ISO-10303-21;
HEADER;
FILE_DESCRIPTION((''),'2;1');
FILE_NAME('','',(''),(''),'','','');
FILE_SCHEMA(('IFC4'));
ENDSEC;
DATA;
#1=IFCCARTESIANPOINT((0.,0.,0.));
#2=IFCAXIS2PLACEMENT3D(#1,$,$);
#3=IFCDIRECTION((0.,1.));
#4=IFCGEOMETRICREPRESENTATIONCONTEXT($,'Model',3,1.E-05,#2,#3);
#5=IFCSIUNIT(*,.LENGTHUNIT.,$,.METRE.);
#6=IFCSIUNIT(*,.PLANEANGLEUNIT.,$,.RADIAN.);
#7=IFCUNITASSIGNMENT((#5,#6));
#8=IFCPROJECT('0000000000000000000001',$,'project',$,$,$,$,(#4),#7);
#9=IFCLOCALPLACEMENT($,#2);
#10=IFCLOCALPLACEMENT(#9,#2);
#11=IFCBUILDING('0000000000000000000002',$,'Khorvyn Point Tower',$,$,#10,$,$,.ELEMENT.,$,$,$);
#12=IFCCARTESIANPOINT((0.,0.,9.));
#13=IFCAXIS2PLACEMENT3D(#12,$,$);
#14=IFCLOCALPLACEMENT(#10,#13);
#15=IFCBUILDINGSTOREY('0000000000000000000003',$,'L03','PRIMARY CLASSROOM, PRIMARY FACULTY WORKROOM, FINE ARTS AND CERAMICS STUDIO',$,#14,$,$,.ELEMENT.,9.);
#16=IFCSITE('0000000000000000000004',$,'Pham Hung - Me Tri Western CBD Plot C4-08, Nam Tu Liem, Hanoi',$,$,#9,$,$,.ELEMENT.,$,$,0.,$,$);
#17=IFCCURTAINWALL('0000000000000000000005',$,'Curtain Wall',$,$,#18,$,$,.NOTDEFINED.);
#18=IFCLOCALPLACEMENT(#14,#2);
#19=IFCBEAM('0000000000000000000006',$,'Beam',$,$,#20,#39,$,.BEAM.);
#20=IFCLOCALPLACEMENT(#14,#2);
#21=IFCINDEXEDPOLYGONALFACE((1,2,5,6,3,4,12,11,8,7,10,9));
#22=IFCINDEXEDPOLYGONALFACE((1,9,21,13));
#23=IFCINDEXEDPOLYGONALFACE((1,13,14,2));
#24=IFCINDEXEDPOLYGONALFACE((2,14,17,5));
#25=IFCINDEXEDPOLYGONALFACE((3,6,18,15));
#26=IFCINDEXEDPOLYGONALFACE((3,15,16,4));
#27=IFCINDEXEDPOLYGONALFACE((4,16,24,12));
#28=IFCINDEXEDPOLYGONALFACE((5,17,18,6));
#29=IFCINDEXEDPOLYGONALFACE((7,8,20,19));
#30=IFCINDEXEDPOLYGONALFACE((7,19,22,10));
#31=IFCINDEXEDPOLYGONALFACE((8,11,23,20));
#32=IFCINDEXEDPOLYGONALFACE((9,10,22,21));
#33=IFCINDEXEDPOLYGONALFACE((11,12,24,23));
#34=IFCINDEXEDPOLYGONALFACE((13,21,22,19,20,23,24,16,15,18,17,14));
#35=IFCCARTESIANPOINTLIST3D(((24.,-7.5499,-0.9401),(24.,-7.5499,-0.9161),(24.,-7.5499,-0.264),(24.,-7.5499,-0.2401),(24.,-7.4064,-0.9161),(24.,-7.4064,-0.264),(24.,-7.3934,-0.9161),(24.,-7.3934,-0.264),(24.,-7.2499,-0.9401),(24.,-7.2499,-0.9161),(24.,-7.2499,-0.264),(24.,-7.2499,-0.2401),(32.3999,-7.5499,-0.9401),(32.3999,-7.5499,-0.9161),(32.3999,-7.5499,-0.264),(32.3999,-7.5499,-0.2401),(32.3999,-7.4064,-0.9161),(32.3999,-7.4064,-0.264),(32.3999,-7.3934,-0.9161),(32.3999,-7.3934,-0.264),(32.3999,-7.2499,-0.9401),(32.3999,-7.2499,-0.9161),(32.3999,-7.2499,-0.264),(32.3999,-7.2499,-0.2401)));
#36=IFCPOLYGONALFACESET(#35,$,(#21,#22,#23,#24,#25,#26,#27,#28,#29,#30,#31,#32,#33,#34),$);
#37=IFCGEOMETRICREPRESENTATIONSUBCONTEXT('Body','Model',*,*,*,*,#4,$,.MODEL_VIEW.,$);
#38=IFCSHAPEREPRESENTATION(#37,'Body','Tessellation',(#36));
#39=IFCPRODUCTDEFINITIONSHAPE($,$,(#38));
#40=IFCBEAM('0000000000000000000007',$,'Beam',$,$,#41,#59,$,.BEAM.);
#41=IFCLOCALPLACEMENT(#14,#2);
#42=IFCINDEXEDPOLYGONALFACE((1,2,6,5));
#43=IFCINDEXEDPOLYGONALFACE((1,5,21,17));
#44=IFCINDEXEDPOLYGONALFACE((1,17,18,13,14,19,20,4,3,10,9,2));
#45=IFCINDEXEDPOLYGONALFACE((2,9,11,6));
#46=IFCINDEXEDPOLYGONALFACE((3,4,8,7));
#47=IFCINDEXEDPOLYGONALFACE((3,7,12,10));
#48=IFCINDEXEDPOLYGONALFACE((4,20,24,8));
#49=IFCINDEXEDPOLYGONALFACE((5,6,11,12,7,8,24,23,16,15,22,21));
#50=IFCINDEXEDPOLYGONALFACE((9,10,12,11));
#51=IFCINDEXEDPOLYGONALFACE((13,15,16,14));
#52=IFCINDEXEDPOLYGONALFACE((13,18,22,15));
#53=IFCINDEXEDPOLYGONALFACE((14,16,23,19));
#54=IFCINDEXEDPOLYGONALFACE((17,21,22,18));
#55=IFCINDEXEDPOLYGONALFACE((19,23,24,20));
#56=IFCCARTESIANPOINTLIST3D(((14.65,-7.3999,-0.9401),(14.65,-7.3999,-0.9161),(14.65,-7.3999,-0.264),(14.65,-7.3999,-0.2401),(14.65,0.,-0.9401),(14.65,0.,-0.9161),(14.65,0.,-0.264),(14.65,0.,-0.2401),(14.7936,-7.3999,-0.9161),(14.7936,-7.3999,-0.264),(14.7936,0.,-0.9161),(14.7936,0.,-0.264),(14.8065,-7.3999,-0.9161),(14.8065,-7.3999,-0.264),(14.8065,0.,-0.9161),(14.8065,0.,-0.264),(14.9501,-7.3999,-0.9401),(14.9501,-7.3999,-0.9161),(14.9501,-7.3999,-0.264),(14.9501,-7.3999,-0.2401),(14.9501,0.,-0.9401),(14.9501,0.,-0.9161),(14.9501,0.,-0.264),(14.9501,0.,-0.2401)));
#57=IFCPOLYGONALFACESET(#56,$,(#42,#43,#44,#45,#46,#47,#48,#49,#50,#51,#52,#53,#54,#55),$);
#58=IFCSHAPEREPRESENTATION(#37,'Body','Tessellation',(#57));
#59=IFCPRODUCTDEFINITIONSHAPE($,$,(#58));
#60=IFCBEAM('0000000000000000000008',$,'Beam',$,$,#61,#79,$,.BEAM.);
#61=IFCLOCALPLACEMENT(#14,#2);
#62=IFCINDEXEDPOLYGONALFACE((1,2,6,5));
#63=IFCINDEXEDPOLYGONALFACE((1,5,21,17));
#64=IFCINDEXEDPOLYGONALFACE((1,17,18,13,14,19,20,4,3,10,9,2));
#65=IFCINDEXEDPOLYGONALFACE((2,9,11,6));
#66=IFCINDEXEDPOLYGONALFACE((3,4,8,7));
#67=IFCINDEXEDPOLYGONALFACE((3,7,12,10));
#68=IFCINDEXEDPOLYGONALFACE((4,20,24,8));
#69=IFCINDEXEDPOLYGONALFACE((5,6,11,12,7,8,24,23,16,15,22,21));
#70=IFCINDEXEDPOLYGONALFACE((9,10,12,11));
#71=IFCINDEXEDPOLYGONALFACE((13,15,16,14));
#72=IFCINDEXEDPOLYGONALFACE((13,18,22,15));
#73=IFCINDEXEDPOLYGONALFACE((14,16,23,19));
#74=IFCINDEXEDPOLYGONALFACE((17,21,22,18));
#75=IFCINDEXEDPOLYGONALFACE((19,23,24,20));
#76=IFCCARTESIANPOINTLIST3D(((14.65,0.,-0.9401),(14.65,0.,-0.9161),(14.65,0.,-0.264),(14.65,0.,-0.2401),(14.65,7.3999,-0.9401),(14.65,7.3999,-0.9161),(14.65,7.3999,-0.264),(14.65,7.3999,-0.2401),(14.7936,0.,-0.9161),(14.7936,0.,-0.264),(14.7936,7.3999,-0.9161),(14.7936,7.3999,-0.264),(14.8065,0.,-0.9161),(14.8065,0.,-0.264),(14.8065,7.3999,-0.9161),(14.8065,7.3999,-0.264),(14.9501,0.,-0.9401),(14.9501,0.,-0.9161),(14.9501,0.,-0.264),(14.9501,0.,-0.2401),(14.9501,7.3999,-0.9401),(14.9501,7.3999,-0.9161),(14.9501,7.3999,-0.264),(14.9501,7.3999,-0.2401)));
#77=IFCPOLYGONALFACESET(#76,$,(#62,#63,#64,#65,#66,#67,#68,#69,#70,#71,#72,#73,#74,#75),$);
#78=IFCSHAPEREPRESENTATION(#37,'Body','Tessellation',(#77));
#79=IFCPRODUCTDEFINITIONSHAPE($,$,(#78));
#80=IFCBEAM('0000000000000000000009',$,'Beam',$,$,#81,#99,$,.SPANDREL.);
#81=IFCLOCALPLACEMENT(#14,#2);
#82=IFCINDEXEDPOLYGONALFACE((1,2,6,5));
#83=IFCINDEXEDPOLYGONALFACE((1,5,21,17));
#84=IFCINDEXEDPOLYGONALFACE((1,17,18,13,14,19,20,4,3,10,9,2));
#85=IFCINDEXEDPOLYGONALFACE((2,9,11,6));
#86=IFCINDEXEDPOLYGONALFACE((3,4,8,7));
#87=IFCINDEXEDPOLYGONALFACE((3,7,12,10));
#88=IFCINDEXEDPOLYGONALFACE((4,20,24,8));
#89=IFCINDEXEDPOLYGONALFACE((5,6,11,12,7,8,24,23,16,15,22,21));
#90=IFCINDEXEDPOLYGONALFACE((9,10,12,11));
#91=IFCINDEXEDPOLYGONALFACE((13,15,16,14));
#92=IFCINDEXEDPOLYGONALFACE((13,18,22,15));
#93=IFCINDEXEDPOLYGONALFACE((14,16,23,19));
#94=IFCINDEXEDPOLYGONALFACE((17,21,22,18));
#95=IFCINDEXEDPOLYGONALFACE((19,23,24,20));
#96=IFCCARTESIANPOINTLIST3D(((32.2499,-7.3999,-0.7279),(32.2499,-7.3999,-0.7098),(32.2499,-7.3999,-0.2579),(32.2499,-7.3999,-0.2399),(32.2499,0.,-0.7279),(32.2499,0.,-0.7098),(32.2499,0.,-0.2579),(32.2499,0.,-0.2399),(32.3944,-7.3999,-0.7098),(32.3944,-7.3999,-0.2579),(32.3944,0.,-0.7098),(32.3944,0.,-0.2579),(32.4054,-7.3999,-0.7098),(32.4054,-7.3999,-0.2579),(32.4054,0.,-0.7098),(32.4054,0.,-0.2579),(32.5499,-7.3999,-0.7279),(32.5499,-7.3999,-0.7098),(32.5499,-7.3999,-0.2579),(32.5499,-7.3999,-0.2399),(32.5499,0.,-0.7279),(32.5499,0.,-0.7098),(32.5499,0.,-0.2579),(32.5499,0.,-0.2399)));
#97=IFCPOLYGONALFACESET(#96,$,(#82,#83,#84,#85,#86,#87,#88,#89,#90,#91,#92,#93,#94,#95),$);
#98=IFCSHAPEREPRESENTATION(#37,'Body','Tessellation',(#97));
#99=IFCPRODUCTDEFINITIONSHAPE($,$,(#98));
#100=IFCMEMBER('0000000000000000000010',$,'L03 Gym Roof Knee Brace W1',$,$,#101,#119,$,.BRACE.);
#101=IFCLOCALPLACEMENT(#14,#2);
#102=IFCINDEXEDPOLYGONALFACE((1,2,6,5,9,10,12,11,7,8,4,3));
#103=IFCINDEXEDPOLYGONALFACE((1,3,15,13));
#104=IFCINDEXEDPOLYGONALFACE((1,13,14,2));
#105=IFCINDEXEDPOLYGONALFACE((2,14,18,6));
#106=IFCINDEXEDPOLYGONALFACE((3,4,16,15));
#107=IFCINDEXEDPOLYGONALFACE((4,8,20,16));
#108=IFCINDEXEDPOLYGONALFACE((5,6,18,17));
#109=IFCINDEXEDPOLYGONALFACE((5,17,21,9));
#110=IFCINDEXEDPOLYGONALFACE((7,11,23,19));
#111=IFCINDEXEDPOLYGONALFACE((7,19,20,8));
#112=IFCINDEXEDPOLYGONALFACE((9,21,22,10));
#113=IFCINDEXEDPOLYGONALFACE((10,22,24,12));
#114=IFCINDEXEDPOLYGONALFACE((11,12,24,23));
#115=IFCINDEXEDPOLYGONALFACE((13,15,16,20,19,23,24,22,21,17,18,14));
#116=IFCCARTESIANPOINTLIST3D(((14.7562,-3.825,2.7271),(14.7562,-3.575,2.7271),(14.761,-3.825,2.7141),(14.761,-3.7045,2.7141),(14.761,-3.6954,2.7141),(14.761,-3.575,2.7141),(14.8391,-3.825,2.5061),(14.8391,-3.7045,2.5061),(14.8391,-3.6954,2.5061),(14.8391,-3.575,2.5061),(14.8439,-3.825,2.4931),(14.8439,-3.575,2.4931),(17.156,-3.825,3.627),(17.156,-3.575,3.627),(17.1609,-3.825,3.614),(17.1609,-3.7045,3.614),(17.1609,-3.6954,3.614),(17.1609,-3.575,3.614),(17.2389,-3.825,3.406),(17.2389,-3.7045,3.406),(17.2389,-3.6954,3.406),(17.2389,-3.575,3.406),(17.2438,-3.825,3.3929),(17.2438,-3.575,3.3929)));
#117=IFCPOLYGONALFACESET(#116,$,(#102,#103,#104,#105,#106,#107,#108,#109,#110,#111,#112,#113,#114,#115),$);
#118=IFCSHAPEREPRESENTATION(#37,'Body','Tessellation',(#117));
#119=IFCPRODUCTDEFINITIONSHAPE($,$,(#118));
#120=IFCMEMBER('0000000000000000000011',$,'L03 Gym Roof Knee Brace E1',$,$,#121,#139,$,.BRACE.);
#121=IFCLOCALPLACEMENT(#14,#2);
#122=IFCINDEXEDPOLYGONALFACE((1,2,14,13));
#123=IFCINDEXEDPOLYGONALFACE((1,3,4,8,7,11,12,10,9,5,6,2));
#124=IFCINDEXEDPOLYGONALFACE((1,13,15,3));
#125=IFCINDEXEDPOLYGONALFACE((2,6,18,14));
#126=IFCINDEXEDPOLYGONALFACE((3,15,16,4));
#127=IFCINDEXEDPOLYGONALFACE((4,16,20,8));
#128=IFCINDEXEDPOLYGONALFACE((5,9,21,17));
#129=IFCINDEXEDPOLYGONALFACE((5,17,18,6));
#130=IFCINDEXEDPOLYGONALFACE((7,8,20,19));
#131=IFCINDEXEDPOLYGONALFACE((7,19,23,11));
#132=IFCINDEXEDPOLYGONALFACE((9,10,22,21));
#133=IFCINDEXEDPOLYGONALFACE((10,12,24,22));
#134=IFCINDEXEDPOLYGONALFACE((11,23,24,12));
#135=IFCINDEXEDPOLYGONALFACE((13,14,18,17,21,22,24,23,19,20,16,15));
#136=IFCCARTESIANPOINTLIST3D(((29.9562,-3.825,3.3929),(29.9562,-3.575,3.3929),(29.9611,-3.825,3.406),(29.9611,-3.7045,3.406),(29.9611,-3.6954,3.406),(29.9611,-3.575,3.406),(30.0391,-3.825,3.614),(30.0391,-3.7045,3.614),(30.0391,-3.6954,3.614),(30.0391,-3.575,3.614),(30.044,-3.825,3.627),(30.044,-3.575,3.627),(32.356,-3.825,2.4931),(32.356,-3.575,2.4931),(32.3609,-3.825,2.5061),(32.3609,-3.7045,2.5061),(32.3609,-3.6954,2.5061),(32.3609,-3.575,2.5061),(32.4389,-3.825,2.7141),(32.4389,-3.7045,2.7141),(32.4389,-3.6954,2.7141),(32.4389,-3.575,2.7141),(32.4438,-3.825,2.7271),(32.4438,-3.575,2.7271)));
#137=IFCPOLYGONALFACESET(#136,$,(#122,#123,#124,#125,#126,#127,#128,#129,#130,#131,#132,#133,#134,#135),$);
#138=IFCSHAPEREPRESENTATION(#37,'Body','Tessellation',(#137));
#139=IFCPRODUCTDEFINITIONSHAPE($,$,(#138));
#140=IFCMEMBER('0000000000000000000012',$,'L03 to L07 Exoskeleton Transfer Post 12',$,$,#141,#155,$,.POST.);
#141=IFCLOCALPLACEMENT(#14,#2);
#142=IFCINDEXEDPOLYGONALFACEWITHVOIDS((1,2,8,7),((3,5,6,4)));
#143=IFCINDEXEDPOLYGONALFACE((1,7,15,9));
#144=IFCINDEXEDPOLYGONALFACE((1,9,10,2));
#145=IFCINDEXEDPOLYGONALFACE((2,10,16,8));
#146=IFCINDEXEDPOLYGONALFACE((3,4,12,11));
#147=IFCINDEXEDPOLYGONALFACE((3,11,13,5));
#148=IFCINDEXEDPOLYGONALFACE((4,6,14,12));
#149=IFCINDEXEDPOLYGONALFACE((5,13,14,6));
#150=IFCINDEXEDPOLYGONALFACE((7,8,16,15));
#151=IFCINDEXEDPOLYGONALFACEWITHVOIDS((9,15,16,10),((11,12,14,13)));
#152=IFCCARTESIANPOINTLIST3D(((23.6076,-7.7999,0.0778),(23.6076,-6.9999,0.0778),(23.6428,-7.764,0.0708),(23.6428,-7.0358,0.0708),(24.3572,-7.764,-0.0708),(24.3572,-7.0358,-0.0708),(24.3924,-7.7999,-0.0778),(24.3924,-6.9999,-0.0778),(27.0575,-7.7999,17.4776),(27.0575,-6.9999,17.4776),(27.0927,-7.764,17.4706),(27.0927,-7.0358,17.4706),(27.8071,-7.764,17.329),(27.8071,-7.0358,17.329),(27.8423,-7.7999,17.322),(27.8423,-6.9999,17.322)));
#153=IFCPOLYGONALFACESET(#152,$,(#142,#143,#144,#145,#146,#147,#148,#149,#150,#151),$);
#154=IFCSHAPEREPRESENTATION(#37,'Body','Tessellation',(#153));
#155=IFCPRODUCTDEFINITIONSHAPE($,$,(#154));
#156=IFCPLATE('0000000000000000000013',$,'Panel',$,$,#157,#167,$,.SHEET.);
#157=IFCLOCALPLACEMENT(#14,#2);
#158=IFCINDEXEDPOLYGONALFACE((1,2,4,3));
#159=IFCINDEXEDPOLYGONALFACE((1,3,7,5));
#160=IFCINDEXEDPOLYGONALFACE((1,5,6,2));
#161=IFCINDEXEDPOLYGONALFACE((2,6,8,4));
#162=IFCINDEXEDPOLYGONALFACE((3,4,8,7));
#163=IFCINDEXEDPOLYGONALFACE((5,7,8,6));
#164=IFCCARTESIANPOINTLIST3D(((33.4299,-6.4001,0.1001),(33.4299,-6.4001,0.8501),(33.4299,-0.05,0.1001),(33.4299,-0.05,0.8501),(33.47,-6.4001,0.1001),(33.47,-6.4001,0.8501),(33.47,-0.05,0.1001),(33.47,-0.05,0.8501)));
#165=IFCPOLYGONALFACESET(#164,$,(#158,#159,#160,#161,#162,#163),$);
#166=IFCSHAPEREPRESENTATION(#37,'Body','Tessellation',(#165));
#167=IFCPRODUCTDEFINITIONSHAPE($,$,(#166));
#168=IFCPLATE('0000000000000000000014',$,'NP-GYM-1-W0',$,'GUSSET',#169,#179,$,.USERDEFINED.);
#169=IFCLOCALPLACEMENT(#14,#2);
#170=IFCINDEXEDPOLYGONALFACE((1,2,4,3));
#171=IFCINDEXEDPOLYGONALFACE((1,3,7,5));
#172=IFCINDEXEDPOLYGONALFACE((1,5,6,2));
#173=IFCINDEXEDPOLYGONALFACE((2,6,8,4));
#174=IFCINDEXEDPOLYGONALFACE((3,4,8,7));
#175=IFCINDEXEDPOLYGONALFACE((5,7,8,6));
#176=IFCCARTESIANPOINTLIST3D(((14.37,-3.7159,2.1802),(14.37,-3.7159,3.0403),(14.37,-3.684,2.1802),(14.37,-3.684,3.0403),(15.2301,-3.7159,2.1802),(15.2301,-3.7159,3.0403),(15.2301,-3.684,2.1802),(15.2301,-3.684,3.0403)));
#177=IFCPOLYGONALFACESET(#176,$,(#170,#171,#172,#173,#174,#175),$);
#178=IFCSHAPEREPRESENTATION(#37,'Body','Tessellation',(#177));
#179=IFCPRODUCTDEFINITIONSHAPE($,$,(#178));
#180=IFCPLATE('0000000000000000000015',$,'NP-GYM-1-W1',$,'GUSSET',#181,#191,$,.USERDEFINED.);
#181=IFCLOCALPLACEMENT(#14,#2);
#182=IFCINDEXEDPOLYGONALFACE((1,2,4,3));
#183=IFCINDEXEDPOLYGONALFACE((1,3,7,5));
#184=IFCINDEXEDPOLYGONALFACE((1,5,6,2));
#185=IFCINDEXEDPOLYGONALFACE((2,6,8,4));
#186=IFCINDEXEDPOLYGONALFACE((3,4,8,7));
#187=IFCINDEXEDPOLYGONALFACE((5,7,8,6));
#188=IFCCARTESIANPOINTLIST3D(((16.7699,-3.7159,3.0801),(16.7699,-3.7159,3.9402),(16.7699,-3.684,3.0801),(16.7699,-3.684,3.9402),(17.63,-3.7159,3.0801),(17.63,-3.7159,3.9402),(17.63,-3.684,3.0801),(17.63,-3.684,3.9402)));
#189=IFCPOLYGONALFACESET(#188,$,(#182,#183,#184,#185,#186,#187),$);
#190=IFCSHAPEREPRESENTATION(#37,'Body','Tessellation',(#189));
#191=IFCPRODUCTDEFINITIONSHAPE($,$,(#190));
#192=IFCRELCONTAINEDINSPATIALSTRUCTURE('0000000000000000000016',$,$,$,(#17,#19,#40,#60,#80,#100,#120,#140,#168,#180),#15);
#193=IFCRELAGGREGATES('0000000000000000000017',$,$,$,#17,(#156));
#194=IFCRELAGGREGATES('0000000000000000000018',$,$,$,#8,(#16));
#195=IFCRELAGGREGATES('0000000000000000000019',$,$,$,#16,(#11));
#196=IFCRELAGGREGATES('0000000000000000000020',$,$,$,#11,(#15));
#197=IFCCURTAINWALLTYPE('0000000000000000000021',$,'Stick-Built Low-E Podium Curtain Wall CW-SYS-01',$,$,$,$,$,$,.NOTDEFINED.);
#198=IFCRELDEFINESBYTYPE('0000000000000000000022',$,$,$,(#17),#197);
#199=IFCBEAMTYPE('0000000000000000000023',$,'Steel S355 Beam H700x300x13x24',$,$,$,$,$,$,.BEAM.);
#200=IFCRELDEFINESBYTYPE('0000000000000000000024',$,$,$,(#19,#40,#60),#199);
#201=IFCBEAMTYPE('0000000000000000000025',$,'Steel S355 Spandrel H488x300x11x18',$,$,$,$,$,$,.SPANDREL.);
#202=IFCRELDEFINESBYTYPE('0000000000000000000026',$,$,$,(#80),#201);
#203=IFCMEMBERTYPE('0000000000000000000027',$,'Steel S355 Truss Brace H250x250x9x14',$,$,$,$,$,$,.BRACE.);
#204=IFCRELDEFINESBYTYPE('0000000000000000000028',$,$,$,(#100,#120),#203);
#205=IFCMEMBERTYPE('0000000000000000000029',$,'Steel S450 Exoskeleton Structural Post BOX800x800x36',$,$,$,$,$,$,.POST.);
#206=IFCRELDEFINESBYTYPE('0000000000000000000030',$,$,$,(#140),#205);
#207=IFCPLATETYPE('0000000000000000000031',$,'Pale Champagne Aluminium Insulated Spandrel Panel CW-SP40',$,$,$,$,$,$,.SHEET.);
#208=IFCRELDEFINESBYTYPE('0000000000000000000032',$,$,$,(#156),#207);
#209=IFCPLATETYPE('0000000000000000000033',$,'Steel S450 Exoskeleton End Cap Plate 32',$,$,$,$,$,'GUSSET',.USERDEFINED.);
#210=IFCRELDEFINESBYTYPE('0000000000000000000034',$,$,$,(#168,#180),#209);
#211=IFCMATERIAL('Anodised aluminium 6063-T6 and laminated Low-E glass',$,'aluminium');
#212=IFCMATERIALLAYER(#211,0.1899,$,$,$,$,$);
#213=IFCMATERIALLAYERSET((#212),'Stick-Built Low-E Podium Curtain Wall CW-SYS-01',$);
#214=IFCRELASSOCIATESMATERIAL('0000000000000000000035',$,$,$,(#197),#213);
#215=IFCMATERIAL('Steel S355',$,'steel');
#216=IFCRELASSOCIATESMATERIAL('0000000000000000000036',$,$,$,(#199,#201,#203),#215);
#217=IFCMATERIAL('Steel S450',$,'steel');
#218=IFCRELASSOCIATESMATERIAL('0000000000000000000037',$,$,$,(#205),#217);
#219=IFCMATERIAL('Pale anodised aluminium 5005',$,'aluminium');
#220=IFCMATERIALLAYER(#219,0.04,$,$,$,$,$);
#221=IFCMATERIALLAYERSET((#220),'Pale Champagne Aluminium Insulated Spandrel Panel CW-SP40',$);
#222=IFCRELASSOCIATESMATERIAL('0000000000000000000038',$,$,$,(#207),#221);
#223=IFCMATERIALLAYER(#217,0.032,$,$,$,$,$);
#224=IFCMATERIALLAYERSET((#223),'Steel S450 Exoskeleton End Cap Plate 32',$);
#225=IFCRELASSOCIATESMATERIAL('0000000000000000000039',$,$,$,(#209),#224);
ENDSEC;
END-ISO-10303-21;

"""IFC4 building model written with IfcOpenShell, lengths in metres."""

from ifc_helpers import new_model, si_unit, direction, frame, origin, origin_2d, place, context, subcontext, project, spatial, rectangle, hollow_rectangle, i_section, extrude, material, layer, layer_set, material_profile, profile_set, type_object, element, aggregate, save


model = new_model("IFC4")

# Units and contexts
model_context = context("Model", 3, precision=1e-05, world=origin(), true_north=direction((0.0, 1.0)))
body_context = subcontext(model_context, "Body", "Model", "MODEL_VIEW")
ifc_project = project(units=[si_unit("LENGTHUNIT", "METRE"), si_unit("PLANEANGLEUNIT", "RADIAN")], contexts=[model_context])

# Site, building, storey
site_placement = place(None, origin())
site = spatial("IfcSite", under=ifc_project, at=site_placement, Name="Pham Hung - Me Tri Western CBD Plot C4-08, Nam Tu Liem, Hanoi", CompositionType="ELEMENT", RefElevation=0.0)
building_placement = place(site_placement, origin())
building = spatial("IfcBuilding", under=site, at=building_placement, Name="Khorvyn Point Tower", CompositionType="ELEMENT")
storey_placement = place(building_placement, frame((0.0, 0.0, 9.0)))
storey = spatial("IfcBuildingStorey", under=building, at=storey_placement, Name="L03", Description="PRIMARY CLASSROOM, PRIMARY FACULTY WORKROOM, FINE ARTS AND CERAMICS STUDIO", CompositionType="ELEMENT", Elevation=9.0)

# Curtain wall
ifc_material_1 = material(Name="Anodised aluminium 6063-T6 and laminated Low-E glass", Category="aluminium")
ifc_layer_1 = layer(ifc_material_1, 0.1899)
ifc_layer_set_1 = layer_set([ifc_layer_1], Name="Stick-Built Low-E Podium Curtain Wall CW-SYS-01")
curtain_wall_type = type_object("IfcCurtainWallType", Name="Stick-Built Low-E Podium Curtain Wall CW-SYS-01", PredefinedType="NOTDEFINED", material=ifc_layer_set_1)
curtain_wall_placement = place(storey_placement, origin())
curtain_wall = element("IfcCurtainWall", 1, at=curtain_wall_placement, inside=storey, type_object=curtain_wall_type, Name="Curtain Wall", PredefinedType="NOTDEFINED")

# Beams
ifc_material_2 = material(Name="Steel S355", Category="steel")
ifc_material_profile_1 = material_profile(ifc_material_2, i_section(OverallWidth=0.3, OverallDepth=0.7, WebThickness=0.0129, FlangeThickness=0.0239, at=origin_2d()))
ifc_profile_set_1 = profile_set([ifc_material_profile_1], Name="Steel S355 H700x300x13x24")
beam_type_1 = type_object("IfcBeamType", Name="Steel S355 Beam H700x300x13x24", PredefinedType="BEAM", material=ifc_profile_set_1)
beam_1_placement = place(storey_placement, frame((24.0, -7.3999, -0.5901), z_axis=(1.0, 0.0, 0.0), x_axis=(0.0, 1.0, 0.0)))
element("IfcBeam", 2, at=beam_1_placement, inside=storey, type_object=beam_type_1, Name="Beam", PredefinedType="BEAM", context=body_context, shape_type="SweptSolid", body=[
    extrude(i_section(OverallWidth=0.3, OverallDepth=0.7, WebThickness=0.0129, FlangeThickness=0.0239, at=origin_2d()), origin(), (0.0, 0.0, 1.0), 8.3999),
])
for number, where, z_axis, x_axis, name in (
    (3, (14.8, -7.3999, -0.5901), (0.0, 1.0, 0.0), (-1.0, 0.0, 0.0), "Beam"),
    (4, (14.8, 0.0, -0.5901), (0.0, 1.0, 0.0), (-1.0, 0.0, 0.0), "Beam"),
):
    element("IfcBeam", number, at=place(storey_placement, frame(where, z_axis=z_axis, x_axis=x_axis)), inside=storey, type_object=beam_type_1, Name=name, PredefinedType="BEAM", context=body_context, shape_type="SweptSolid", body=[
        extrude(i_section(OverallWidth=0.3, OverallDepth=0.7, WebThickness=0.0129, FlangeThickness=0.0239, at=origin_2d()), origin(), (0.0, 0.0, 1.0), 7.3999),
    ])
ifc_material_profile_2 = material_profile(ifc_material_2, i_section(OverallWidth=0.3, OverallDepth=0.488, WebThickness=0.011, FlangeThickness=0.0181, at=origin_2d()))
ifc_profile_set_2 = profile_set([ifc_material_profile_2], Name="Steel S355 H488x300x11x18")
beam_type_2 = type_object("IfcBeamType", Name="Steel S355 Spandrel H488x300x11x18", PredefinedType="SPANDREL", material=ifc_profile_set_2)
beam_2_placement = place(storey_placement, frame((32.3999, -7.3999, -0.4839), z_axis=(0.0, 1.0, 0.0), x_axis=(-1.0, 0.0, 0.0)))
element("IfcBeam", 5, at=beam_2_placement, inside=storey, type_object=beam_type_2, Name="Beam", PredefinedType="SPANDREL", context=body_context, shape_type="SweptSolid", body=[
    extrude(i_section(OverallWidth=0.3, OverallDepth=0.488, WebThickness=0.011, FlangeThickness=0.0181, at=origin_2d()), origin(), (0.0, 0.0, 1.0), 7.3999),
])

# Members
ifc_material_profile_3 = material_profile(ifc_material_2, i_section(OverallWidth=0.25, OverallDepth=0.25, WebThickness=0.009, FlangeThickness=0.0139, at=origin_2d()))
ifc_profile_set_3 = profile_set([ifc_material_profile_3], Name="Steel S355 H250x250x9x14")
member_type_1 = type_object("IfcMemberType", Name="Steel S355 Truss Brace H250x250x9x14", PredefinedType="BRACE", material=ifc_profile_set_3)
for number, where, z_axis, x_axis, name in (
    (6, (14.8, -3.7, 2.6101), (0.936337, 0.0, 0.351103), (0.0, 1.0, 0.0), "L03 Gym Roof Knee Brace W1"),
    (7, (32.3999, -3.7, 2.6101), (-0.936337, 0.0, 0.351103), (0.0, -1.0, 0.0), "L03 Gym Roof Knee Brace E1"),
):
    element("IfcMember", number, at=place(storey_placement, frame(where, z_axis=z_axis, x_axis=x_axis)), inside=storey, type_object=member_type_1, Name=name, PredefinedType="BRACE", context=body_context, shape_type="SweptSolid", body=[
        extrude(i_section(OverallWidth=0.25, OverallDepth=0.25, WebThickness=0.009, FlangeThickness=0.0139, at=origin_2d()), origin(), (0.0, 0.0, 1.0), 2.563),
    ])
ifc_material_3 = material(Name="Steel S450", Category="steel")
ifc_material_profile_4 = material_profile(ifc_material_3, hollow_rectangle(XDim=0.8, YDim=0.8, WallThickness=0.0359, at=origin_2d()))
ifc_profile_set_4 = profile_set([ifc_material_profile_4], Name="Steel S450 BOX800x800x36")
member_type_2 = type_object("IfcMemberType", Name="Steel S450 Exoskeleton Structural Post BOX800x800x36", PredefinedType="POST", material=ifc_profile_set_4)
member_1_placement = place(storey_placement, frame((24.0, -7.3999, 0.0), z_axis=(0.194488, 0.0, 0.980905), x_axis=(0.0, 1.0, 0.0)))
element("IfcMember", 8, at=member_1_placement, inside=storey, type_object=member_type_2, Name="L03 to L07 Exoskeleton Transfer Post 12", PredefinedType="POST", context=body_context, shape_type="SweptSolid", body=[
    extrude(hollow_rectangle(XDim=0.8, YDim=0.8, WallThickness=0.0359, at=origin_2d()), origin(), (0.0, 0.0, 1.0), 17.7385),
])

# Plate
ifc_material_4 = material(Name="Pale anodised aluminium 5005", Category="aluminium")
ifc_layer_2 = layer(ifc_material_4, 0.04)
ifc_layer_set_2 = layer_set([ifc_layer_2], Name="Pale Champagne Aluminium Insulated Spandrel Panel CW-SP40")
plate_type_1 = type_object("IfcPlateType", Name="Pale Champagne Aluminium Insulated Spandrel Panel CW-SP40", PredefinedType="SHEET", material=ifc_layer_set_2)
plate_1_placement = place(storey_placement, frame((33.45, -3.2251, 0.1001), z_axis=(0.0, 0.0, 1.0), x_axis=(0.0, 1.0, 0.0)))
plate_1 = element("IfcPlate", 9, at=plate_1_placement, type_object=plate_type_1, Name="Panel", PredefinedType="SHEET", context=body_context, shape_type="SweptSolid", body=[
    extrude(rectangle(XDim=6.3501, YDim=0.04, at=origin_2d()), origin(), (0.0, 0.0, 1.0), 0.75),
])

# Plates
ifc_layer_3 = layer(ifc_material_3, 0.032)
ifc_layer_set_3 = layer_set([ifc_layer_3], Name="Steel S450 Exoskeleton End Cap Plate 32")
plate_type_2 = type_object("IfcPlateType", Name="Steel S450 Exoskeleton End Cap Plate 32", ElementType="GUSSET", PredefinedType="USERDEFINED", material=ifc_layer_set_3)
for number, where, z_axis, x_axis, name in (
    (10, (14.8, -3.7, 2.1802), (0.0, 0.0, 1.0), (1.0, 0.0, 0.0), "NP-GYM-1-W0"),
    (11, (17.2, -3.7, 3.0801), (0.0, 0.0, 1.0), (1.0, 0.0, 0.0), "NP-GYM-1-W1"),
):
    element("IfcPlate", number, at=place(storey_placement, frame(where, z_axis=z_axis, x_axis=x_axis)), inside=storey, type_object=plate_type_2, Name=name, ObjectType="GUSSET", PredefinedType="USERDEFINED", context=body_context, shape_type="SweptSolid", body=[
        extrude(rectangle(XDim=0.8601, YDim=0.032, at=origin_2d()), origin(), (0.0, 0.0, 1.0), 0.8601),
    ])

aggregate(curtain_wall, [plate_1])

save(model, "model.ifc")
